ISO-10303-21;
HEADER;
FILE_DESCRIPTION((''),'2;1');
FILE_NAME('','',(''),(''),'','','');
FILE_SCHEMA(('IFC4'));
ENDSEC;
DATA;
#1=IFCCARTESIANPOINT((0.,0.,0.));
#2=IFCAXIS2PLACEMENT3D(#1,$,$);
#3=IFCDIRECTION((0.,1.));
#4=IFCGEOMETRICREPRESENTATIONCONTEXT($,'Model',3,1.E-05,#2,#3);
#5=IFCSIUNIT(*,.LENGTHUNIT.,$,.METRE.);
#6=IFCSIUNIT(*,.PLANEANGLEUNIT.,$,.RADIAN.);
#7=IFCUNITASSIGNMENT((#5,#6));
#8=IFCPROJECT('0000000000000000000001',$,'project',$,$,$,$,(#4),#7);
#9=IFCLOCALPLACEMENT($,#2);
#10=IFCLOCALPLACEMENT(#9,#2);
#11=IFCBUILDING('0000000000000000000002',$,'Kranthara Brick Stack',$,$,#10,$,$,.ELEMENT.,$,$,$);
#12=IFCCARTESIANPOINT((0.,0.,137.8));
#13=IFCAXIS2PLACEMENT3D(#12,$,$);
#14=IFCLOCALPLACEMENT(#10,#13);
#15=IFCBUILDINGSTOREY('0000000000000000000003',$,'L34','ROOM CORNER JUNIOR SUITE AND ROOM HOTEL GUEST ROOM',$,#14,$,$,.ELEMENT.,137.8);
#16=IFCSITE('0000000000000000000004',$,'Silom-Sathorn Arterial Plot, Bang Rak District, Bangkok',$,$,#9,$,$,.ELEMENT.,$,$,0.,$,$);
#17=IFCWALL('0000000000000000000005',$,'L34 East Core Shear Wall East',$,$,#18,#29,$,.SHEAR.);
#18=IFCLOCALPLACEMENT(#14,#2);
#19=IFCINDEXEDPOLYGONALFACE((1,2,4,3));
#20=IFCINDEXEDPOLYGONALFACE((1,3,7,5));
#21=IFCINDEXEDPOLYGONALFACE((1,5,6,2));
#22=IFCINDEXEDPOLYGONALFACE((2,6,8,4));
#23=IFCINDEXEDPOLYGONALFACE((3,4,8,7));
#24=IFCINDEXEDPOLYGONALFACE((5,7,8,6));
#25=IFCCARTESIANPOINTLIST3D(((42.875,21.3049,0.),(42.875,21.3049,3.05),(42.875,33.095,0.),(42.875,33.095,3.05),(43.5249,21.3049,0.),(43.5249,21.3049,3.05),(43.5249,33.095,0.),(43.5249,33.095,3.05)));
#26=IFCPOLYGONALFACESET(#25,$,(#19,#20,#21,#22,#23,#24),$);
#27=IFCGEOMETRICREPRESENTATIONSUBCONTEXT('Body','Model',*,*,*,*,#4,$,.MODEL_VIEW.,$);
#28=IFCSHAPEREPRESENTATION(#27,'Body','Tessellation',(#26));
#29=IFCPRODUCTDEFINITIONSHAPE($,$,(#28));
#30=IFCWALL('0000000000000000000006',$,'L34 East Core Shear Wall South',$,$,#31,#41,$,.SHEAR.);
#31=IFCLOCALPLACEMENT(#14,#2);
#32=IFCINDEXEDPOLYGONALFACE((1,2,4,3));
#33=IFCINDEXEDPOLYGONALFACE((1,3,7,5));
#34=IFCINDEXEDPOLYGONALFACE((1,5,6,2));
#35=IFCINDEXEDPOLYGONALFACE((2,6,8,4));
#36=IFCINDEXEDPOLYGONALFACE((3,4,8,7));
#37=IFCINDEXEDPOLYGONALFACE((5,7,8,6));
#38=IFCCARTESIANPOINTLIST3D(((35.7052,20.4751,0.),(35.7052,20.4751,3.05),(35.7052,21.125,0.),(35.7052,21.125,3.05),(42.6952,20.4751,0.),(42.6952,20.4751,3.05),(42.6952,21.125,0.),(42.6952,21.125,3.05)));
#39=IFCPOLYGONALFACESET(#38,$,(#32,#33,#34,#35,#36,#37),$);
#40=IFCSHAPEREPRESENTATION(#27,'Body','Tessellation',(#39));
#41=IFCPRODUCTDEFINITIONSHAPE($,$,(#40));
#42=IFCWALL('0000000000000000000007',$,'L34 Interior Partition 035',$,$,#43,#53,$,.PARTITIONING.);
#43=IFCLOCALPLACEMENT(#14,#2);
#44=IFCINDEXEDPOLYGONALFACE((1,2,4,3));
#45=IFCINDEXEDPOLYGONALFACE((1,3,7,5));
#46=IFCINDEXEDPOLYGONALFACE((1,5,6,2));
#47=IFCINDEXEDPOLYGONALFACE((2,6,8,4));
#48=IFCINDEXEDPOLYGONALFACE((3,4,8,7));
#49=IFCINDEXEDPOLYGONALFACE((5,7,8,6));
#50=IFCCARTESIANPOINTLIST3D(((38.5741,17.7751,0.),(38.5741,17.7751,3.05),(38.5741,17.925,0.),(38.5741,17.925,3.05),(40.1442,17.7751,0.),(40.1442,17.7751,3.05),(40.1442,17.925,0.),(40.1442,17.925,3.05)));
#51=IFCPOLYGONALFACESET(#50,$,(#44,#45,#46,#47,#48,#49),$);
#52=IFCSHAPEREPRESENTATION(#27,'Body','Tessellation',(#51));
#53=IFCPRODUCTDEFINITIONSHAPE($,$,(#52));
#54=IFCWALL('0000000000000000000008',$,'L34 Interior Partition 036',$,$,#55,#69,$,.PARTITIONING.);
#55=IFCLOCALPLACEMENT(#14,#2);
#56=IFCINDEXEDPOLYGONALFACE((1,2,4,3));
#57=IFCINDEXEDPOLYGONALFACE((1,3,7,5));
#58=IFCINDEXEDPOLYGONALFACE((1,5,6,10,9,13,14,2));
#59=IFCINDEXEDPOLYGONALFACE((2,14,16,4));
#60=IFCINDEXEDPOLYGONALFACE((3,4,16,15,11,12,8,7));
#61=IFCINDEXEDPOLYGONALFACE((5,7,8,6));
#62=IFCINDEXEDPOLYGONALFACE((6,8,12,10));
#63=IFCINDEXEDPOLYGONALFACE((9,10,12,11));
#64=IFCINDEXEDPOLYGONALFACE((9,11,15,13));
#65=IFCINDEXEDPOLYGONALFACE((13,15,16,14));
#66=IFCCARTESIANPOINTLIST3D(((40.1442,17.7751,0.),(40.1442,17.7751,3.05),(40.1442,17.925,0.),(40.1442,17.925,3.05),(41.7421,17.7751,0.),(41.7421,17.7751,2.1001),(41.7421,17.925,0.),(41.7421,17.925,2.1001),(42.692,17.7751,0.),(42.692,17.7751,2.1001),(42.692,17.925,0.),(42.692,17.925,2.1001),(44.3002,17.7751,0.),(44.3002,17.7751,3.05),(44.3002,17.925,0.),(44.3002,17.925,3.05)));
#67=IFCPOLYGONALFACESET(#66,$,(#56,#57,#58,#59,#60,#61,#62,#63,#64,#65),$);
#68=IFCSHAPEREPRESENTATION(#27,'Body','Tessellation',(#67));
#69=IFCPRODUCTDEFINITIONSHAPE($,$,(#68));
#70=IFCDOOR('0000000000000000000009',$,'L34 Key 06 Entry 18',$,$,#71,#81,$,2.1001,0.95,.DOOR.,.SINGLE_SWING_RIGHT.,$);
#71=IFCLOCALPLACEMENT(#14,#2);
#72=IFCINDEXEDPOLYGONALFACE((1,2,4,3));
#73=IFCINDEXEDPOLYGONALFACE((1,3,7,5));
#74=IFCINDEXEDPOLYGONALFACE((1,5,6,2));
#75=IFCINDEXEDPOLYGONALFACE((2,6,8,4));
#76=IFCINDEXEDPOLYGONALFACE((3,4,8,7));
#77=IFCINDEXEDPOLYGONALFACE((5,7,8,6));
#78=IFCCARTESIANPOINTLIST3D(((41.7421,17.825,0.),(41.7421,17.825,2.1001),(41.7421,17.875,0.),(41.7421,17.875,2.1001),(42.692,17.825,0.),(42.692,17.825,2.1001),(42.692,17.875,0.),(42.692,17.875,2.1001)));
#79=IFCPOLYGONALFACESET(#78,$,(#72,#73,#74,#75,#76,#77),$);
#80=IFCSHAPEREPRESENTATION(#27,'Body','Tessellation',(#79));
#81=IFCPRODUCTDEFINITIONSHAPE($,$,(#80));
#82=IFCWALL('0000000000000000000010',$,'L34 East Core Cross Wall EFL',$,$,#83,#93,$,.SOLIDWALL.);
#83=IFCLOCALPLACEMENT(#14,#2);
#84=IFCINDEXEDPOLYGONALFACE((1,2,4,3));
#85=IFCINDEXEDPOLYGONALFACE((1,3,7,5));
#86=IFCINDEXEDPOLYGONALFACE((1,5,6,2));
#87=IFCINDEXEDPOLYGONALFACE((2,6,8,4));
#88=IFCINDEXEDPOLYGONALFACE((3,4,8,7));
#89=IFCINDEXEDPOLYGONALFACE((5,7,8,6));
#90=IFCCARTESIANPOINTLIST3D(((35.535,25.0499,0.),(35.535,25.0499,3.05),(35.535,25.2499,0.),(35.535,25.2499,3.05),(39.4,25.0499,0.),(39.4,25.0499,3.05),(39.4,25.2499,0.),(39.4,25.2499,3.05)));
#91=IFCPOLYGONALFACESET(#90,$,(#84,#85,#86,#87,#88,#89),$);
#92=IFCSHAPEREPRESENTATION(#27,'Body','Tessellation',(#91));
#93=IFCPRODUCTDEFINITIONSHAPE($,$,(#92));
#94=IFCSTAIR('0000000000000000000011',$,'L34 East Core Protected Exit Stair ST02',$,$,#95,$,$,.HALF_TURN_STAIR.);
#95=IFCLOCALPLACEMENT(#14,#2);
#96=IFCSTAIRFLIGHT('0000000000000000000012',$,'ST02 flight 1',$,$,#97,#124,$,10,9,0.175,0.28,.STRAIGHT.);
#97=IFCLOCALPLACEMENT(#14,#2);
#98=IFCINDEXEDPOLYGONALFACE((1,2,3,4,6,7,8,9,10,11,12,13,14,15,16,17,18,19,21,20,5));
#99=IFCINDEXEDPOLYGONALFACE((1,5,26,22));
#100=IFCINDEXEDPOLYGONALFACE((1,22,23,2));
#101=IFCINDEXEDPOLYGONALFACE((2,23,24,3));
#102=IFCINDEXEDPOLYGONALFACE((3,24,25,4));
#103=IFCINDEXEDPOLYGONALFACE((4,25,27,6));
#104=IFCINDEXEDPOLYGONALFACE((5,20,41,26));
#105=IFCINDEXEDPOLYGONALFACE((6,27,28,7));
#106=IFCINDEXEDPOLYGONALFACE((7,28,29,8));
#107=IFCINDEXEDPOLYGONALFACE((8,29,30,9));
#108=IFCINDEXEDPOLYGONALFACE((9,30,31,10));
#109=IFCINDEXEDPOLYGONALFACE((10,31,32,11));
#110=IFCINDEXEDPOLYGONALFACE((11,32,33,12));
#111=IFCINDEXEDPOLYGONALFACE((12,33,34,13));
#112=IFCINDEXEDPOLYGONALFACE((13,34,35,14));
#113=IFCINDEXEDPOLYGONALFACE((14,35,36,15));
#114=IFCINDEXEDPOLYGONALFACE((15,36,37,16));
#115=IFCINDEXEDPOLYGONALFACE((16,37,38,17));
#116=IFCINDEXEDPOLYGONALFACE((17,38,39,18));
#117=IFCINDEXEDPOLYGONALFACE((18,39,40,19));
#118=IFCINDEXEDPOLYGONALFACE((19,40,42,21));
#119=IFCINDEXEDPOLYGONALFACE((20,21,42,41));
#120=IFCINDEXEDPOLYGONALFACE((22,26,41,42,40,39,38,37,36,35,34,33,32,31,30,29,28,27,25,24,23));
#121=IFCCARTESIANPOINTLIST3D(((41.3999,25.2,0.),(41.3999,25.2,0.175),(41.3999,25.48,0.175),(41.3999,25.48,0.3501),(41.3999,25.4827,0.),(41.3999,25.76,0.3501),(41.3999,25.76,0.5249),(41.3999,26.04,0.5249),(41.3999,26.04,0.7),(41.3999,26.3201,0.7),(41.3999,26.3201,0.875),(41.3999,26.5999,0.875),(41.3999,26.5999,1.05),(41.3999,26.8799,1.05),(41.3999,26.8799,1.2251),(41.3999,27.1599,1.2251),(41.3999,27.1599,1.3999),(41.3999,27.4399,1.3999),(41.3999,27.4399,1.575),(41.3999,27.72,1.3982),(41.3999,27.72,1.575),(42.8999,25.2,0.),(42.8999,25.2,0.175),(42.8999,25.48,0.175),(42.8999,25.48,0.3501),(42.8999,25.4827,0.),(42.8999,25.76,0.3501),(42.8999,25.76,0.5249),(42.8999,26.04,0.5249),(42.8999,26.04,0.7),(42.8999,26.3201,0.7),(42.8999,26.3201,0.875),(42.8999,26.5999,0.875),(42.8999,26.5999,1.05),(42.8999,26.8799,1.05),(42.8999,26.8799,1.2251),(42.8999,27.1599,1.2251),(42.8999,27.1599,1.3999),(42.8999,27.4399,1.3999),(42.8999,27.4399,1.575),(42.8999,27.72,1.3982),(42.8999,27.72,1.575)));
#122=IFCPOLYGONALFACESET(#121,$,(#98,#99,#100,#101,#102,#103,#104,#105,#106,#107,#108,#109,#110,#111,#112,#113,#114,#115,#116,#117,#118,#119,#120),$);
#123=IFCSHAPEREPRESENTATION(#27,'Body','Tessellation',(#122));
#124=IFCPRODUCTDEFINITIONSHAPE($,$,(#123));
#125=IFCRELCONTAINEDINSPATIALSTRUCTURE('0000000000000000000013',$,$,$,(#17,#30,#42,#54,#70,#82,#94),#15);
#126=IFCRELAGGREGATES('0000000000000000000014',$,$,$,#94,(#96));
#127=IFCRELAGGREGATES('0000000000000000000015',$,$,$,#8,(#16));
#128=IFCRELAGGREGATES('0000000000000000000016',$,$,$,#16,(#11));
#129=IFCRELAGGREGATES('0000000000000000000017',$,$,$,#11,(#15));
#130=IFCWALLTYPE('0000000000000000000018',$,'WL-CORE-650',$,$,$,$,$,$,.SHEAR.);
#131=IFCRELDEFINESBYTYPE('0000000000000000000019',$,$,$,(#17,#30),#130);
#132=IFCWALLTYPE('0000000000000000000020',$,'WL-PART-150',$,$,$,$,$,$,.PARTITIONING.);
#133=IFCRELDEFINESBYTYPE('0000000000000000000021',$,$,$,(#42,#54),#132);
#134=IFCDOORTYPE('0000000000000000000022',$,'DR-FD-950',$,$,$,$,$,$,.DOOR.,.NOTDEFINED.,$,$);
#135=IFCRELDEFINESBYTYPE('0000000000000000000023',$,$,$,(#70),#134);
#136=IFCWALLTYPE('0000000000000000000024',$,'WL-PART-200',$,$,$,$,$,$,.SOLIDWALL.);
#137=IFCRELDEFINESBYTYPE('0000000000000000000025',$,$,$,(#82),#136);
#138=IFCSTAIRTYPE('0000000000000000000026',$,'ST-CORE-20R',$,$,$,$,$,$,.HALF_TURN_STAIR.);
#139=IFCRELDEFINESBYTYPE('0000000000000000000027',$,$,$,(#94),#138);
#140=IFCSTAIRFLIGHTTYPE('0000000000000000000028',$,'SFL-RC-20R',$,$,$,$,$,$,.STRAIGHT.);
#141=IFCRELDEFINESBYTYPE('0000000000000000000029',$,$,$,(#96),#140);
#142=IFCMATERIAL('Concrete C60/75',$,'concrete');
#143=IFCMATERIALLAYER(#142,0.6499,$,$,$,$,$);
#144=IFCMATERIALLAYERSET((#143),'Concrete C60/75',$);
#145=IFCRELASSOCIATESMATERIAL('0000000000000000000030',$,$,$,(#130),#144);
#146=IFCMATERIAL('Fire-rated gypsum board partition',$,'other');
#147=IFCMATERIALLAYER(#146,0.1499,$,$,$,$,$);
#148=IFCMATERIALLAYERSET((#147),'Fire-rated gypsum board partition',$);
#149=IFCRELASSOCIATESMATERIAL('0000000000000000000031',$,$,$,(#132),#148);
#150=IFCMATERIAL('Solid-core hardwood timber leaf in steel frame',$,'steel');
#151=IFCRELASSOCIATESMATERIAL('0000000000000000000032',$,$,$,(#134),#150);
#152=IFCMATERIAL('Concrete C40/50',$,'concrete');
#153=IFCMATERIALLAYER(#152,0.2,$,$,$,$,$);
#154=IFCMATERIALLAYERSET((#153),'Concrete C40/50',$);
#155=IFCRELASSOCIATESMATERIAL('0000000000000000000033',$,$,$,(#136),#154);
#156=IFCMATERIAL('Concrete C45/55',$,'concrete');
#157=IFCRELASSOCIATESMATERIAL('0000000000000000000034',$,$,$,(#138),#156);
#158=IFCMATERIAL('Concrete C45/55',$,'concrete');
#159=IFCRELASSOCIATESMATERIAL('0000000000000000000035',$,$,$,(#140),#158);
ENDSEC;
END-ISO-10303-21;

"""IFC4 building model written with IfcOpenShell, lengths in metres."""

from ifc_helpers import new_model, si_unit, direction, frame, frame_2d, origin, place, context, subcontext, project, spatial, polyline, rectangle, outline, extrude, material, layer, layer_set, type_object, element, fill, aggregate, save


model = new_model("IFC4")

# Units and contexts
model_context = context("Model", 3, precision=1e-05, world=origin(), true_north=direction((0.0, 1.0)))
body_context = subcontext(model_context, "Body", "Model", "MODEL_VIEW")
ifc_project = project(units=[si_unit("LENGTHUNIT", "METRE"), si_unit("PLANEANGLEUNIT", "RADIAN")], contexts=[model_context])

# Site, building, storey
site_placement = place(None, origin())
site = spatial("IfcSite", under=ifc_project, at=site_placement, Name="Silom-Sathorn Arterial Plot, Bang Rak District, Bangkok", CompositionType="ELEMENT", RefElevation=0.0)
building_placement = place(site_placement, origin())
building = spatial("IfcBuilding", under=site, at=building_placement, Name="Kranthara Brick Stack", CompositionType="ELEMENT")
storey_placement = place(building_placement, frame((0.0, 0.0, 137.8)))
storey = spatial("IfcBuildingStorey", under=building, at=storey_placement, Name="L34", Description="ROOM CORNER JUNIOR SUITE AND ROOM HOTEL GUEST ROOM", CompositionType="ELEMENT", Elevation=137.8)

# Walls
ifc_material_1 = material(Name="Concrete C60/75", Category="concrete")
ifc_layer_1 = layer(ifc_material_1, 0.6499)
ifc_layer_set_1 = layer_set([ifc_layer_1], Name="Concrete C60/75")
wall_type_1 = type_object("IfcWallType", Name="WL-CORE-650", PredefinedType="SHEAR", material=ifc_layer_set_1)
wall_1_placement = place(storey_placement, frame((43.2, 21.3049, 0.0), z_axis=(0.0, 0.0, 1.0), x_axis=(0.0, 1.0, 0.0)))
element("IfcWall", 1, at=wall_1_placement, inside=storey, type_object=wall_type_1, Name="L34 East Core Shear Wall East", PredefinedType="SHEAR", context=body_context, shape_type="SweptSolid", body=[
    extrude(rectangle(XDim=11.79, YDim=0.6499, at=frame_2d((5.895, 0.0))), origin(), (0.0, 0.0, 1.0), 3.05),
])
wall_2_placement = place(storey_placement, frame((35.7051, 20.8, 0.0), z_axis=(0.0, 0.0, 1.0), x_axis=(1.0, 0.0, 0.0)))
element("IfcWall", 2, at=wall_2_placement, inside=storey, type_object=wall_type_1, Name="L34 East Core Shear Wall South", PredefinedType="SHEAR", context=body_context, shape_type="SweptSolid", body=[
    extrude(rectangle(XDim=6.99, YDim=0.6499, at=frame_2d((3.4951, 0.0))), origin(), (0.0, 0.0, 1.0), 3.05),
])

# Wall
ifc_material_2 = material(Name="Fire-rated gypsum board partition", Category="other")
ifc_layer_2 = layer(ifc_material_2, 0.1499)
ifc_layer_set_2 = layer_set([ifc_layer_2], Name="Fire-rated gypsum board partition")
wall_type_2 = type_object("IfcWallType", Name="WL-PART-150", PredefinedType="PARTITIONING", material=ifc_layer_set_2)
wall_3_placement = place(storey_placement, frame((38.574, 17.8501, 0.0), z_axis=(0.0, 0.0, 1.0), x_axis=(1.0, 0.0, 0.0)))
element("IfcWall", 3, at=wall_3_placement, inside=storey, type_object=wall_type_2, Name="L34 Interior Partition 035", PredefinedType="PARTITIONING", context=body_context, shape_type="SweptSolid", body=[
    extrude(rectangle(XDim=1.5701, YDim=0.1499, at=frame_2d((0.7852, 0.0))), origin(), (0.0, 0.0, 1.0), 3.05),
])

# Wall, opening, door
wall_4_placement = place(storey_placement, frame((40.144, 17.8501, 0.0), z_axis=(0.0, 0.0, 1.0), x_axis=(1.0, 0.0, 0.0)))
wall_4 = element("IfcWall", 4, at=wall_4_placement, inside=storey, type_object=wall_type_2, Name="L34 Interior Partition 036", PredefinedType="PARTITIONING", context=body_context, shape_type="SweptSolid", body=[
    extrude(rectangle(XDim=4.156, YDim=0.1499, at=frame_2d((2.0781, 0.0))), origin(), (0.0, 0.0, 1.0), 3.05),
])
opening_1_placement = place(wall_4_placement, frame((1.5979, 0.0, 0.0)))
opening_1 = element("IfcOpeningElement", 5, at=opening_1_placement, cuts=wall_4, PredefinedType="OPENING", context=body_context, shape_type="SweptSolid", body=[
    extrude(rectangle(XDim=0.95, YDim=2.1001, at=frame_2d((0.4751, 1.05))), frame((0.0, 0.085, 0.0), z_axis=(0.0, -1.0, 0.0), x_axis=(1.0, 0.0, 0.0)), (0.0, 0.0, 1.0), 0.1699),
])
ifc_material_3 = material(Name="Solid-core hardwood timber leaf in steel frame", Category="steel")
door_type_1 = type_object("IfcDoorType", Name="DR-FD-950", OperationType="NOTDEFINED", PredefinedType="DOOR", material=ifc_material_3)
door_1_placement = place(opening_1_placement, origin())
door_1 = element("IfcDoor", 6, at=door_1_placement, inside=storey, type_object=door_type_1, Name="L34 Key 06 Entry 18", OperationType="SINGLE_SWING_RIGHT", OverallHeight=2.1001, OverallWidth=0.95, PredefinedType="DOOR", context=body_context, shape_type="SweptSolid", body=[
    extrude(rectangle(XDim=0.95, YDim=2.1001, at=frame_2d((0.4751, 1.05))), frame((0.0, 0.0249, 0.0), z_axis=(0.0, -1.0, 0.0), x_axis=(1.0, 0.0, 0.0)), (0.0, 0.0, 1.0), 0.05),
])
fill(opening_1, door_1)

# Wall
ifc_material_4 = material(Name="Concrete C40/50", Category="concrete")
ifc_layer_3 = layer(ifc_material_4, 0.2)
ifc_layer_set_3 = layer_set([ifc_layer_3], Name="Concrete C40/50")
wall_type_3 = type_object("IfcWallType", Name="WL-PART-200", PredefinedType="SOLIDWALL", material=ifc_layer_set_3)
wall_5_placement = place(storey_placement, frame((35.5349, 25.1499, 0.0), z_axis=(0.0, 0.0, 1.0), x_axis=(1.0, 0.0, 0.0)))
element("IfcWall", 7, at=wall_5_placement, inside=storey, type_object=wall_type_3, Name="L34 East Core Cross Wall EFL", PredefinedType="SOLIDWALL", context=body_context, shape_type="SweptSolid", body=[
    extrude(rectangle(XDim=3.865, YDim=0.2, at=frame_2d((1.9326, 0.0))), origin(), (0.0, 0.0, 1.0), 3.05),
])

# Stair, stair flight
ifc_material_5 = material(Name="Concrete C45/55", Category="concrete")
stair_type = type_object("IfcStairType", Name="ST-CORE-20R", PredefinedType="HALF_TURN_STAIR", material=ifc_material_5)
stair_placement = place(storey_placement, origin())
stair = element("IfcStair", 8, at=stair_placement, inside=storey, type_object=stair_type, Name="L34 East Core Protected Exit Stair ST02", PredefinedType="HALF_TURN_STAIR")
ifc_material_6 = material(Name="Concrete C45/55", Category="concrete")
stair_flight_type = type_object("IfcStairFlightType", Name="SFL-RC-20R", PredefinedType="STRAIGHT", material=ifc_material_6)
stair_flight_placement = place(storey_placement, frame((42.1499, 25.2, 0.0), z_axis=(0.0, 0.0, 1.0), x_axis=(0.0, 1.0, 0.0)))
stair_flight = element("IfcStairFlight", 9, at=stair_flight_placement, type_object=stair_flight_type, Name="ST02 flight 1", NumberOfRisers=10, NumberOfTreads=9, PredefinedType="STRAIGHT", RiserHeight=0.175, TreadLength=0.28, context=body_context, shape_type="SweptSolid", body=[
    extrude(outline(polyline([(0.0, 0.0), (0.0, 0.175), (0.28, 0.175), (0.28, 0.3501), (0.5601, 0.3501), (0.5601, 0.5249), (0.8401, 0.5249), (0.8401, 0.7), (1.1201, 0.7), (1.1201, 0.875), (1.3999, 0.875), (1.3999, 1.05), (1.6799, 1.05), (1.6799, 1.2251), (1.96, 1.2251), (1.96, 1.3999), (2.24, 1.3999), (2.24, 1.575), (2.52, 1.575), (2.52, 1.75), (2.52, 1.3982), (0.2827, 0.0), (0.0, 0.0)])), frame((0.0, 0.75, 0.0), z_axis=(0.0, -1.0, 0.0), x_axis=(1.0, 0.0, 0.0)), (0.0, 0.0, 1.0), 1.5),
])
aggregate(stair, [stair_flight])

save(model, "model.ifc")
